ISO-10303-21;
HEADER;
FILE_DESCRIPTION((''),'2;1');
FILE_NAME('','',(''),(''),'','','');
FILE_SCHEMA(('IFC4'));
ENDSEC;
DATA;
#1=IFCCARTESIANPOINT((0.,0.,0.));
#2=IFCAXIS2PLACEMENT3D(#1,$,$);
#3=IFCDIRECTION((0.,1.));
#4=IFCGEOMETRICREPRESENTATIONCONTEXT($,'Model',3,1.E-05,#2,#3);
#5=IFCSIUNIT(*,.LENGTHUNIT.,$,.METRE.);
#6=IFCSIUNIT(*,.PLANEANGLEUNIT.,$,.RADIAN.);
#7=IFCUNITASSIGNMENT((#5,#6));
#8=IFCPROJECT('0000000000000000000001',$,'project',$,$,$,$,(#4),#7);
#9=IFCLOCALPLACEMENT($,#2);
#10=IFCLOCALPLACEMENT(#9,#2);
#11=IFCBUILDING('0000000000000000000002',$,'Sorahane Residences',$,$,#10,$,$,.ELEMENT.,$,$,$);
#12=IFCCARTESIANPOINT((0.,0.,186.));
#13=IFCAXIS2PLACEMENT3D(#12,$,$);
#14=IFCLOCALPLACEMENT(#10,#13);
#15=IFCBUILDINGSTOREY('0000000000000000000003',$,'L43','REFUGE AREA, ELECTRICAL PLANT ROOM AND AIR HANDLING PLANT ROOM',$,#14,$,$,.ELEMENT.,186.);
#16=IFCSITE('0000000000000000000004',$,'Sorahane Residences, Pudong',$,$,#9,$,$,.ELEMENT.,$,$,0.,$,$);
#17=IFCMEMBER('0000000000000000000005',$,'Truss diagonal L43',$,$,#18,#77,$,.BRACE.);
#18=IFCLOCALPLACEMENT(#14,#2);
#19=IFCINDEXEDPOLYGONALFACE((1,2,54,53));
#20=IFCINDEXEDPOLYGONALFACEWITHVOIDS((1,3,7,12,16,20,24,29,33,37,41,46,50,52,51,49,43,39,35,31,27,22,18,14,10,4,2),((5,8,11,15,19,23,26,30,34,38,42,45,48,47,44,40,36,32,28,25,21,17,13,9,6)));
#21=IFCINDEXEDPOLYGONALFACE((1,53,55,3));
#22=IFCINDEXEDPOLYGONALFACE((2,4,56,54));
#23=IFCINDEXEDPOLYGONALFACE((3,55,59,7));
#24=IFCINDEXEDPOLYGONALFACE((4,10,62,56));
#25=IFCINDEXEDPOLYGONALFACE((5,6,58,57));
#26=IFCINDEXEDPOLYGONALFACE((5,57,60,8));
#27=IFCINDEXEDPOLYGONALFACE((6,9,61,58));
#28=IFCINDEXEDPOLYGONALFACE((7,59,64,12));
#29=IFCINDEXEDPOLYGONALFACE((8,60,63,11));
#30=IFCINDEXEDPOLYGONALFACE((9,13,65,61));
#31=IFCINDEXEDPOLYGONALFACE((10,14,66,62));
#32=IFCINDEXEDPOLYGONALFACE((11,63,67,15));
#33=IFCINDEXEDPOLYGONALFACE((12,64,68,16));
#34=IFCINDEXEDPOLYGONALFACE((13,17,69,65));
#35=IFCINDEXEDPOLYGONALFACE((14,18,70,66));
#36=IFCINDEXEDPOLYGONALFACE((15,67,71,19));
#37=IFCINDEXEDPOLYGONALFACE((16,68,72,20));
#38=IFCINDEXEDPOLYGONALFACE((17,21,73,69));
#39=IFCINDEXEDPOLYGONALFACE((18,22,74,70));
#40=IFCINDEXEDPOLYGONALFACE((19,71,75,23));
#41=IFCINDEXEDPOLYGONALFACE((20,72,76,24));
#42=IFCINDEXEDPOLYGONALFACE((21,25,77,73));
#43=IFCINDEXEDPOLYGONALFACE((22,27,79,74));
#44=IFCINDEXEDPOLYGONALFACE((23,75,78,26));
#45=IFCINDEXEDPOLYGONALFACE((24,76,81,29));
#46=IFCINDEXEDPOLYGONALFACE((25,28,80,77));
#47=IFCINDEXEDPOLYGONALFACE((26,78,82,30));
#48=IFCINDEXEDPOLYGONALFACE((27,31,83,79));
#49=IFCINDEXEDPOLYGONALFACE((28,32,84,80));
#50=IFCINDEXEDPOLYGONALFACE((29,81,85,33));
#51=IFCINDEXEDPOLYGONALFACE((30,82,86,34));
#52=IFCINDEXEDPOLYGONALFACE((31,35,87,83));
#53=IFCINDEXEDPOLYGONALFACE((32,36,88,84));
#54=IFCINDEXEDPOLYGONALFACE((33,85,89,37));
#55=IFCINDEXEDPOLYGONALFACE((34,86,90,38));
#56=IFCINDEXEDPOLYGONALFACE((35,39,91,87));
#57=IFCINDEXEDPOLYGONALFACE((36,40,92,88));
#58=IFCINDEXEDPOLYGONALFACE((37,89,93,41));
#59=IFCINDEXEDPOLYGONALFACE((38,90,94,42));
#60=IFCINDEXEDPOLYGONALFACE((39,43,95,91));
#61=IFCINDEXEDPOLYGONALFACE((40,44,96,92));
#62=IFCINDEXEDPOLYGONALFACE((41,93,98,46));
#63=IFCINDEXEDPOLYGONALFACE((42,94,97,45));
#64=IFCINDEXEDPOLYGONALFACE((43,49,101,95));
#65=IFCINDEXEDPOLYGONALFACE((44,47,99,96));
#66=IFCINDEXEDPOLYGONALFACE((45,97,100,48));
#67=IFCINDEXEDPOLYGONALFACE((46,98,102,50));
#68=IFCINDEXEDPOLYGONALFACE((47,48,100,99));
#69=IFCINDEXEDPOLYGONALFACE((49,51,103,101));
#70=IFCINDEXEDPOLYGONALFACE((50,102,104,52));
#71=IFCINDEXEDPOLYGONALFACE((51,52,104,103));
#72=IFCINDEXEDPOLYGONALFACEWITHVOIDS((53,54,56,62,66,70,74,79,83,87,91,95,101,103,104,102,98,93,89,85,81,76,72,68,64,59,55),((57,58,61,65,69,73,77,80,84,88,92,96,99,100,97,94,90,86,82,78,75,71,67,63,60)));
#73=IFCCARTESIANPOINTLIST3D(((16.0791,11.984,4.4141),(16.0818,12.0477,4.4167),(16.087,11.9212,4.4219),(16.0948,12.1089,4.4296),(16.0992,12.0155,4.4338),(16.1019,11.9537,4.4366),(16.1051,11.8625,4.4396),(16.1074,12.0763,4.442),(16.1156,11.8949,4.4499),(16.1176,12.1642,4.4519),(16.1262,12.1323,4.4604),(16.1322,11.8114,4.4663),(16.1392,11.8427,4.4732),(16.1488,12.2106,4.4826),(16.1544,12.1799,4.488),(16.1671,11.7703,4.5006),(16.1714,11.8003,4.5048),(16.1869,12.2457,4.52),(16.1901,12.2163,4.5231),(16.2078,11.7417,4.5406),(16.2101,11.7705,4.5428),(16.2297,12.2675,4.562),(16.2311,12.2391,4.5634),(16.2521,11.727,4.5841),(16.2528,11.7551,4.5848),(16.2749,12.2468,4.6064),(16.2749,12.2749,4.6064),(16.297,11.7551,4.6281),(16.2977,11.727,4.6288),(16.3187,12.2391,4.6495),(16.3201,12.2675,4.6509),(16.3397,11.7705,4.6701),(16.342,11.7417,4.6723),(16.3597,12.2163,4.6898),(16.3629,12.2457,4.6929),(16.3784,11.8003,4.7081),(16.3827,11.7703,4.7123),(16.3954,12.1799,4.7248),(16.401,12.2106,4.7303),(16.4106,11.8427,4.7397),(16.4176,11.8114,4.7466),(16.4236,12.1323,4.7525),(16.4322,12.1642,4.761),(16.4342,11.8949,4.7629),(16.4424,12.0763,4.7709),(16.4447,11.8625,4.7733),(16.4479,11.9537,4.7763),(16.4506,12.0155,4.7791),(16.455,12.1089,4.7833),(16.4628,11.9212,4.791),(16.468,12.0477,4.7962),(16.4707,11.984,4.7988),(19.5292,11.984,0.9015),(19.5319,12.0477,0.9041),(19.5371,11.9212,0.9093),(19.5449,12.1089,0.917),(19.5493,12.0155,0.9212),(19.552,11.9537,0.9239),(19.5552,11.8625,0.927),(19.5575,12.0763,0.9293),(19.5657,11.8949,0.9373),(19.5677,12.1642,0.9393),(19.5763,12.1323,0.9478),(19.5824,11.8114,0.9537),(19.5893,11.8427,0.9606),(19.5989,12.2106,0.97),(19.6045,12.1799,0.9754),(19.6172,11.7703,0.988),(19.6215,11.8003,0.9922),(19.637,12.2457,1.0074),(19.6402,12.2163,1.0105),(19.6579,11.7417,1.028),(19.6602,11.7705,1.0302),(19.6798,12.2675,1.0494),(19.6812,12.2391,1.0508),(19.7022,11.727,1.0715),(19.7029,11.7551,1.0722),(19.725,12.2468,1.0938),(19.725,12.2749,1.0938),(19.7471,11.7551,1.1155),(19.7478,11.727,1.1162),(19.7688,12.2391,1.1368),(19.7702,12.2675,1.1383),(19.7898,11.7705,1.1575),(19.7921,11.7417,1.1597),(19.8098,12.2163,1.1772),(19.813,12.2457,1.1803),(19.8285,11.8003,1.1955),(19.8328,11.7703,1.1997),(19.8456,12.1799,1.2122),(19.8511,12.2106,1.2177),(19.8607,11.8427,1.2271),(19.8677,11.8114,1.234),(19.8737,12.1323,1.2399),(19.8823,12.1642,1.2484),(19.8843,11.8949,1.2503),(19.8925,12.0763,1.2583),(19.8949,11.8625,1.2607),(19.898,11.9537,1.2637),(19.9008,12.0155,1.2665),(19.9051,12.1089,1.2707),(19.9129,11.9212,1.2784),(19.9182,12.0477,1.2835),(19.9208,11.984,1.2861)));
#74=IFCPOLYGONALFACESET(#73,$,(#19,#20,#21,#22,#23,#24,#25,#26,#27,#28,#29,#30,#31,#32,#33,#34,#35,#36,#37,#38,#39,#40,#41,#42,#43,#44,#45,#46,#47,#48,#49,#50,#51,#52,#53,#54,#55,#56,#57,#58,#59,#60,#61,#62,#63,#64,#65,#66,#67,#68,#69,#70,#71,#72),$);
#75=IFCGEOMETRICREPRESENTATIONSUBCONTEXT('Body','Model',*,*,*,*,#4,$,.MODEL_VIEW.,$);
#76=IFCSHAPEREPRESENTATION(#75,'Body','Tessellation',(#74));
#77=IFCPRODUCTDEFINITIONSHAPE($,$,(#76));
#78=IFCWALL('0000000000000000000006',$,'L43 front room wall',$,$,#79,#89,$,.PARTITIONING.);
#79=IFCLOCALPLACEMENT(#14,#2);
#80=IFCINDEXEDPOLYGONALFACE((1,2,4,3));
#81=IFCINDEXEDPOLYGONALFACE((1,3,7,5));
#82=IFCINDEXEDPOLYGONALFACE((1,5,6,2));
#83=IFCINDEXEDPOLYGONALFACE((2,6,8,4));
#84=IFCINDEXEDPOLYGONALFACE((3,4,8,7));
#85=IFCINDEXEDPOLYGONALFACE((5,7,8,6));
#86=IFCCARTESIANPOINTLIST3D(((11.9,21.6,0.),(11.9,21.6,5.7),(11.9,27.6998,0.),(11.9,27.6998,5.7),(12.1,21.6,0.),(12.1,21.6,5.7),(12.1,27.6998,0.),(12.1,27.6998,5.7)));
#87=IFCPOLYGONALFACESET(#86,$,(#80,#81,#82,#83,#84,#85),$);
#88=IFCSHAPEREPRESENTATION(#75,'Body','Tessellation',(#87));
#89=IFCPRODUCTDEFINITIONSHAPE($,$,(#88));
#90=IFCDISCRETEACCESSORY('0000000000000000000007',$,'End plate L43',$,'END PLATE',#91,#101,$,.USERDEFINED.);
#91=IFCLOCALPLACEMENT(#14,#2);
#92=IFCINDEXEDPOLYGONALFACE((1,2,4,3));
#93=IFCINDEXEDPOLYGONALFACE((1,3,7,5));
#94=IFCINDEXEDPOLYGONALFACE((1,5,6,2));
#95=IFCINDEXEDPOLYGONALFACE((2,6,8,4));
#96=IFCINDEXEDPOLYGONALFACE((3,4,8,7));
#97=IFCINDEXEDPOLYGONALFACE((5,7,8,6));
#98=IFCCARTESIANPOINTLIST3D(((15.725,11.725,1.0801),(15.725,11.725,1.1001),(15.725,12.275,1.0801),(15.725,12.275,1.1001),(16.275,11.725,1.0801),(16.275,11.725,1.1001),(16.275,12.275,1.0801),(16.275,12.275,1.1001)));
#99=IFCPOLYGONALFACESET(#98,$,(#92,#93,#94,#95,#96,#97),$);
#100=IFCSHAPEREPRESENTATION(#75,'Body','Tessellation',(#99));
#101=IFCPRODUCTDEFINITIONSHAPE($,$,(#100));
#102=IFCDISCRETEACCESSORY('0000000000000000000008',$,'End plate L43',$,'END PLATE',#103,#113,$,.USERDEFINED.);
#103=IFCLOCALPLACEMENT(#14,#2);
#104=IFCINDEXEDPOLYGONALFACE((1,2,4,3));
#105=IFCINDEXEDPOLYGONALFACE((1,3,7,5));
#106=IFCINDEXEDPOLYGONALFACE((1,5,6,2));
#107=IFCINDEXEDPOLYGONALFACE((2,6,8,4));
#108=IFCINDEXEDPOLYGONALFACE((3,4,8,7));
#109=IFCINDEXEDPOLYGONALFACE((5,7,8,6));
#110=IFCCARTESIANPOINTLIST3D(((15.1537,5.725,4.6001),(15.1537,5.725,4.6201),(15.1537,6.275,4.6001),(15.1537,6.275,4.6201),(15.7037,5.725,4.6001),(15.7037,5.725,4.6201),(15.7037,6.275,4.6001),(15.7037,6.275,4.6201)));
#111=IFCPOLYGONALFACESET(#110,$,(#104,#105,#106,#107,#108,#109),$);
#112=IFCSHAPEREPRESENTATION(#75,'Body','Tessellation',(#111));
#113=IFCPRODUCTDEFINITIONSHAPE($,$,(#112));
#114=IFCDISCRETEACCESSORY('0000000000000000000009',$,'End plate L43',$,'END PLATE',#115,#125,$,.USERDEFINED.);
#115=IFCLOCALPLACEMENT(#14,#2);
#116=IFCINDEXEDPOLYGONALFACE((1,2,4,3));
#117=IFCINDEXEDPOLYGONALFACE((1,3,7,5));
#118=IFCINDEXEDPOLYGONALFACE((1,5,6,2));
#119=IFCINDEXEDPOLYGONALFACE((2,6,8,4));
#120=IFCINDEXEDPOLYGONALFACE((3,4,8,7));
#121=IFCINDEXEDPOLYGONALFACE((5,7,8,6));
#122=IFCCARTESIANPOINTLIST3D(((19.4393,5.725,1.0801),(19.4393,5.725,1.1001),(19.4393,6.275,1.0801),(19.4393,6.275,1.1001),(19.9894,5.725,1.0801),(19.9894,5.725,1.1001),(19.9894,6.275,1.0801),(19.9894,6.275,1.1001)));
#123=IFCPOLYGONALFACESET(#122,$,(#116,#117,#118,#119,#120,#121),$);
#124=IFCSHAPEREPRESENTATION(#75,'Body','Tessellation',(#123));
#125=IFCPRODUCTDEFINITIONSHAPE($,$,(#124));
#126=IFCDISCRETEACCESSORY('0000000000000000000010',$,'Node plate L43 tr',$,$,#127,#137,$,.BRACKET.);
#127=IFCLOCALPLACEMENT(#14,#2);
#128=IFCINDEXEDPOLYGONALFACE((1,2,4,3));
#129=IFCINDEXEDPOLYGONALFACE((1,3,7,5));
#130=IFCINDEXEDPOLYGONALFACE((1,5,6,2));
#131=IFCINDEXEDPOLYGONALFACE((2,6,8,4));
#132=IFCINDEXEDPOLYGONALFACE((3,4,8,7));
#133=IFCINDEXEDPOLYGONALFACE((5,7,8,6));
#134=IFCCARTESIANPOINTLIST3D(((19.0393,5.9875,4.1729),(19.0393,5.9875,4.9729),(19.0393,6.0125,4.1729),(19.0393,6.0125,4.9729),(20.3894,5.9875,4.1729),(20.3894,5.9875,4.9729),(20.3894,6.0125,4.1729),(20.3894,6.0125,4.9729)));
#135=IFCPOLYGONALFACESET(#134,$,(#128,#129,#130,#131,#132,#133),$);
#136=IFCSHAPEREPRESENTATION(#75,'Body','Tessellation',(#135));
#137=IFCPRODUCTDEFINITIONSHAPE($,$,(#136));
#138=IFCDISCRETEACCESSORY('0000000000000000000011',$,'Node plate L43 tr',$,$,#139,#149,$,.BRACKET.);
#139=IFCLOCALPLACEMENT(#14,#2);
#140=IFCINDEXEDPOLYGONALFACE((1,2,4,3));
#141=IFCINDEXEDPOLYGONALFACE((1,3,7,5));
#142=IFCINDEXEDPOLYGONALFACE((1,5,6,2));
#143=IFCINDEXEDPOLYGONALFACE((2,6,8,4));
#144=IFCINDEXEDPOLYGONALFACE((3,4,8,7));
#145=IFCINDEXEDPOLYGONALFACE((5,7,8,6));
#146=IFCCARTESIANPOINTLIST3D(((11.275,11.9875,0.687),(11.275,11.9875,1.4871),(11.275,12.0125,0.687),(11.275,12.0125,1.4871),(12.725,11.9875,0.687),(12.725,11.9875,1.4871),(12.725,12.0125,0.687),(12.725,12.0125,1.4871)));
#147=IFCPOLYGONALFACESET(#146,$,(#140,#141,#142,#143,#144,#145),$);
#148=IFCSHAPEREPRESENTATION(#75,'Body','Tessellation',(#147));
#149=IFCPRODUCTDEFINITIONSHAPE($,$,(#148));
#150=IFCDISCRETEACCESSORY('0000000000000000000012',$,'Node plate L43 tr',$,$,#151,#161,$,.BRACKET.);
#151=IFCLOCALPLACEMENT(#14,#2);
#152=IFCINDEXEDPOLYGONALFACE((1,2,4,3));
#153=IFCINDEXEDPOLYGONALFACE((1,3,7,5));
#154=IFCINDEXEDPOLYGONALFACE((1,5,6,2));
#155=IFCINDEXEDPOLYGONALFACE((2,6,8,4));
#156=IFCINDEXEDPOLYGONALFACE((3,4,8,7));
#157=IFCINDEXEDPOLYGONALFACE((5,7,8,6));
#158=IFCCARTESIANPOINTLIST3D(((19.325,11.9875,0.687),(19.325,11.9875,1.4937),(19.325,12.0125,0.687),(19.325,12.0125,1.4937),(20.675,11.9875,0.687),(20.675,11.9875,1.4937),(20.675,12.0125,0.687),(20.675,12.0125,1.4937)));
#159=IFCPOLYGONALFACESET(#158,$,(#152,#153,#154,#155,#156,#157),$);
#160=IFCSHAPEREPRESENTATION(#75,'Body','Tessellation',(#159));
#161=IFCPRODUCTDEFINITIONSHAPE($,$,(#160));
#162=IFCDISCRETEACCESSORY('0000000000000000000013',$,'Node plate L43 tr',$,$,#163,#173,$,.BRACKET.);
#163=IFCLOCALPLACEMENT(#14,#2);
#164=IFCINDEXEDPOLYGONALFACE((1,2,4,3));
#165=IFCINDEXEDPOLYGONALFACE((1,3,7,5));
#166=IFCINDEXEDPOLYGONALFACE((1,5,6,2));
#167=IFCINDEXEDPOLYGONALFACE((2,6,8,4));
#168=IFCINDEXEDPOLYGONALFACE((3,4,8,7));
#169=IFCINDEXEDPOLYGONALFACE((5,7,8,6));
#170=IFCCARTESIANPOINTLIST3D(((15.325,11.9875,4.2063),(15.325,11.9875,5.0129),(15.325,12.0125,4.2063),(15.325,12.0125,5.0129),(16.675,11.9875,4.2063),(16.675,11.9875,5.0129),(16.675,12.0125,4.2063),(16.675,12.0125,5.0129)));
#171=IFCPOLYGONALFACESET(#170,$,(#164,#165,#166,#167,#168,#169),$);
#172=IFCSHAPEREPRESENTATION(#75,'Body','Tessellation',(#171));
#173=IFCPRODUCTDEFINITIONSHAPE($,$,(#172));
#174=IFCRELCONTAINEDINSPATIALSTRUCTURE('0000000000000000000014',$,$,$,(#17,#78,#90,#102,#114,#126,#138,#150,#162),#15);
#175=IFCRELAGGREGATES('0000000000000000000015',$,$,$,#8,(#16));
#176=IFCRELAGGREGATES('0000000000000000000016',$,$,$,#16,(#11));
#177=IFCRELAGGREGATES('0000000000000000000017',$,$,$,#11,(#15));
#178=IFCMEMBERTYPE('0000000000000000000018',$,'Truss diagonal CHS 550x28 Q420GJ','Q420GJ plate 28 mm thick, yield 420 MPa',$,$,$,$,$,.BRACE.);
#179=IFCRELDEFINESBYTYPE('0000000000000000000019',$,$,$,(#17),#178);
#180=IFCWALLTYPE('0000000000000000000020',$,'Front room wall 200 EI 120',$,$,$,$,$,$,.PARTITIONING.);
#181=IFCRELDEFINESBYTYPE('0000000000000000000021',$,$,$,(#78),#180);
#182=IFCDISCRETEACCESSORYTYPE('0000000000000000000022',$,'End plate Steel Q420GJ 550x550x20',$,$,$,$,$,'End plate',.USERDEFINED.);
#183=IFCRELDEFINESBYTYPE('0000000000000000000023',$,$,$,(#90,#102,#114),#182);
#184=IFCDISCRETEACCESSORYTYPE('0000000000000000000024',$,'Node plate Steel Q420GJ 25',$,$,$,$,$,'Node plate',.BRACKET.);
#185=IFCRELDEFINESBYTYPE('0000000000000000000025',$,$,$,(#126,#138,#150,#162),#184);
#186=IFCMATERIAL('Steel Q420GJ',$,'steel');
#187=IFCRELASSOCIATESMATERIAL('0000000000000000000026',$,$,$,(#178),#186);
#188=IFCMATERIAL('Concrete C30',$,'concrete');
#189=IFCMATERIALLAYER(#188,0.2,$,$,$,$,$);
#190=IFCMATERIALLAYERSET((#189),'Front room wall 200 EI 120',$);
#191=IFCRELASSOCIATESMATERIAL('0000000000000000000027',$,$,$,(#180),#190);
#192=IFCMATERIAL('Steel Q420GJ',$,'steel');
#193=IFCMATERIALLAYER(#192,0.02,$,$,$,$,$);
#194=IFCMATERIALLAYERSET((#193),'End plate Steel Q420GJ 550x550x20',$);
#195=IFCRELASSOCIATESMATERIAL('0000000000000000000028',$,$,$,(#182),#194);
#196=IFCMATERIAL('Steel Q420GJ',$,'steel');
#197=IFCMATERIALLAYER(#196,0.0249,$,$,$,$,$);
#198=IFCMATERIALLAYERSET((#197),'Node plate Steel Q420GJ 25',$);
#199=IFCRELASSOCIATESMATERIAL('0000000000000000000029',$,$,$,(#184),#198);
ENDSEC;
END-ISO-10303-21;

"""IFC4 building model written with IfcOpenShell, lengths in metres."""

from ifc_helpers import new_model, si_unit, direction, frame, frame_2d, origin, origin_2d, place, context, subcontext, project, spatial, rectangle, hollow_circle, extrude, material, layer, layer_set, material_profile, profile_set, type_object, element, save


model = new_model("IFC4")

# Units and contexts
model_context = context("Model", 3, precision=1e-05, world=origin(), true_north=direction((0.0, 1.0)))
body_context = subcontext(model_context, "Body", "Model", "MODEL_VIEW")
ifc_project = project(units=[si_unit("LENGTHUNIT", "METRE"), si_unit("PLANEANGLEUNIT", "RADIAN")], contexts=[model_context])

# Site, building, storey
site_placement = place(None, origin())
site = spatial("IfcSite", under=ifc_project, at=site_placement, Name="Sorahane Residences, Pudong", CompositionType="ELEMENT", RefElevation=0.0)
building_placement = place(site_placement, origin())
building = spatial("IfcBuilding", under=site, at=building_placement, Name="Sorahane Residences", CompositionType="ELEMENT")
storey_placement = place(building_placement, frame((0.0, 0.0, 186.0)))
storey = spatial("IfcBuildingStorey", under=building, at=storey_placement, Name="L43", Description="REFUGE AREA, ELECTRICAL PLANT ROOM AND AIR HANDLING PLANT ROOM", CompositionType="ELEMENT", Elevation=186.0)

# Member
ifc_material_1 = material(Name="Steel Q420GJ", Category="steel")
ifc_material_profile_1 = material_profile(ifc_material_1, hollow_circle(Radius=0.2749, WallThickness=0.0281, at=origin_2d()), Name="CHS 550x28")
ifc_profile_set_1 = profile_set([ifc_material_profile_1], Name="Steel Q420GJ")
member_type = type_object("IfcMemberType", Name="Truss diagonal CHS 550x28 Q420GJ", Description="Q420GJ plate 28 mm thick, yield 420 MPa", PredefinedType="BRACE", material=ifc_profile_set_1)
member_1_placement = place(storey_placement, frame((16.2749, 12.0, 4.6064), z_axis=(0.700731, 0.0, -0.713425), x_axis=(0.0, 1.0, 0.0)))
element("IfcMember", 1, at=member_1_placement, inside=storey, type_object=member_type, Name="Truss diagonal L43", PredefinedType="BRACE", context=body_context, shape_type="SweptSolid", body=[
    extrude(hollow_circle(Radius=0.2749, WallThickness=0.0281, at=origin_2d()), origin(), (0.0, 0.0, 1.0), 4.9236),
])

# Wall
ifc_material_2 = material(Name="Concrete C30", Category="concrete")
ifc_layer_1 = layer(ifc_material_2, 0.2)
ifc_layer_set_1 = layer_set([ifc_layer_1], Name="Front room wall 200 EI 120")
wall_type = type_object("IfcWallType", Name="Front room wall 200 EI 120", PredefinedType="PARTITIONING", material=ifc_layer_set_1)
wall_placement = place(storey_placement, frame((12.0, 21.6001, 0.0), z_axis=(0.0, 0.0, 1.0), x_axis=(0.0, 1.0, 0.0)))
element("IfcWall", 2, at=wall_placement, inside=storey, type_object=wall_type, Name="L43 front room wall", PredefinedType="PARTITIONING", context=body_context, shape_type="SweptSolid", body=[
    extrude(rectangle(XDim=6.0999, YDim=0.2, at=frame_2d((3.0498, 0.0))), origin(), (0.0, 0.0, 1.0), 5.7),
])

# Discrete accessories
ifc_material_3 = material(Name="Steel Q420GJ", Category="steel")
ifc_layer_2 = layer(ifc_material_3, 0.02)
ifc_layer_set_2 = layer_set([ifc_layer_2], Name="End plate Steel Q420GJ 550x550x20")
discrete_accessory_type_1 = type_object("IfcDiscreteAccessoryType", Name="End plate Steel Q420GJ 550x550x20", ElementType="End plate", PredefinedType="USERDEFINED", material=ifc_layer_set_2)
for number, where, z_axis, x_axis, name in (
    (3, (16.0, 12.0, 1.0801), (0.0, 0.0, 1.0), (1.0, 0.0, 0.0), "End plate L43"),
    (4, (15.4287, 6.0, 4.6001), (0.0, 0.0, 1.0), (1.0, 0.0, 0.0), "End plate L43"),
    (5, (19.7144, 6.0, 1.0801), (0.0, 0.0, 1.0), (1.0, 0.0, 0.0), "End plate L43"),
):
    element("IfcDiscreteAccessory", number, at=place(storey_placement, frame(where, z_axis=z_axis, x_axis=x_axis)), inside=storey, type_object=discrete_accessory_type_1, Name=name, ObjectType="END PLATE", PredefinedType="USERDEFINED", context=body_context, shape_type="SweptSolid", body=[
        extrude(rectangle(XDim=0.55, YDim=0.55, at=origin_2d()), origin(), (0.0, 0.0, 1.0), 0.02),
    ])
ifc_material_4 = material(Name="Steel Q420GJ", Category="steel")
ifc_layer_3 = layer(ifc_material_4, 0.0249)
ifc_layer_set_3 = layer_set([ifc_layer_3], Name="Node plate Steel Q420GJ 25")
discrete_accessory_type_2 = type_object("IfcDiscreteAccessoryType", Name="Node plate Steel Q420GJ 25", ElementType="Node plate", PredefinedType="BRACKET", material=ifc_layer_set_3)
discrete_accessory_1_placement = place(storey_placement, frame((19.7144, 6.0, 4.1729), z_axis=(0.0, 0.0, 1.0), x_axis=(1.0, 0.0, 0.0)))
element("IfcDiscreteAccessory", 6, at=discrete_accessory_1_placement, inside=storey, type_object=discrete_accessory_type_2, Name="Node plate L43 tr", PredefinedType="BRACKET", context=body_context, shape_type="SweptSolid", body=[
    extrude(rectangle(XDim=1.3501, YDim=0.0249, at=origin_2d()), origin(), (0.0, 0.0, 1.0), 0.8),
])
discrete_accessory_2_placement = place(storey_placement, frame((12.0, 12.0, 0.687), z_axis=(0.0, 0.0, 1.0), x_axis=(1.0, 0.0, 0.0)))
element("IfcDiscreteAccessory", 7, at=discrete_accessory_2_placement, inside=storey, type_object=discrete_accessory_type_2, Name="Node plate L43 tr", PredefinedType="BRACKET", context=body_context, shape_type="SweptSolid", body=[
    extrude(rectangle(XDim=1.45, YDim=0.0249, at=origin_2d()), origin(), (0.0, 0.0, 1.0), 0.8),
])
for number, where, z_axis, x_axis, name in (
    (8, (20.0, 12.0, 0.687), (0.0, 0.0, 1.0), (1.0, 0.0, 0.0), "Node plate L43 tr"),
    (9, (16.0, 12.0, 4.2063), (0.0, 0.0, 1.0), (1.0, 0.0, 0.0), "Node plate L43 tr"),
):
    element("IfcDiscreteAccessory", number, at=place(storey_placement, frame(where, z_axis=z_axis, x_axis=x_axis)), inside=storey, type_object=discrete_accessory_type_2, Name=name, PredefinedType="BRACKET", context=body_context, shape_type="SweptSolid", body=[
        extrude(rectangle(XDim=1.3501, YDim=0.0249, at=origin_2d()), origin(), (0.0, 0.0, 1.0), 0.8066),
    ])

save(model, "model.ifc")
